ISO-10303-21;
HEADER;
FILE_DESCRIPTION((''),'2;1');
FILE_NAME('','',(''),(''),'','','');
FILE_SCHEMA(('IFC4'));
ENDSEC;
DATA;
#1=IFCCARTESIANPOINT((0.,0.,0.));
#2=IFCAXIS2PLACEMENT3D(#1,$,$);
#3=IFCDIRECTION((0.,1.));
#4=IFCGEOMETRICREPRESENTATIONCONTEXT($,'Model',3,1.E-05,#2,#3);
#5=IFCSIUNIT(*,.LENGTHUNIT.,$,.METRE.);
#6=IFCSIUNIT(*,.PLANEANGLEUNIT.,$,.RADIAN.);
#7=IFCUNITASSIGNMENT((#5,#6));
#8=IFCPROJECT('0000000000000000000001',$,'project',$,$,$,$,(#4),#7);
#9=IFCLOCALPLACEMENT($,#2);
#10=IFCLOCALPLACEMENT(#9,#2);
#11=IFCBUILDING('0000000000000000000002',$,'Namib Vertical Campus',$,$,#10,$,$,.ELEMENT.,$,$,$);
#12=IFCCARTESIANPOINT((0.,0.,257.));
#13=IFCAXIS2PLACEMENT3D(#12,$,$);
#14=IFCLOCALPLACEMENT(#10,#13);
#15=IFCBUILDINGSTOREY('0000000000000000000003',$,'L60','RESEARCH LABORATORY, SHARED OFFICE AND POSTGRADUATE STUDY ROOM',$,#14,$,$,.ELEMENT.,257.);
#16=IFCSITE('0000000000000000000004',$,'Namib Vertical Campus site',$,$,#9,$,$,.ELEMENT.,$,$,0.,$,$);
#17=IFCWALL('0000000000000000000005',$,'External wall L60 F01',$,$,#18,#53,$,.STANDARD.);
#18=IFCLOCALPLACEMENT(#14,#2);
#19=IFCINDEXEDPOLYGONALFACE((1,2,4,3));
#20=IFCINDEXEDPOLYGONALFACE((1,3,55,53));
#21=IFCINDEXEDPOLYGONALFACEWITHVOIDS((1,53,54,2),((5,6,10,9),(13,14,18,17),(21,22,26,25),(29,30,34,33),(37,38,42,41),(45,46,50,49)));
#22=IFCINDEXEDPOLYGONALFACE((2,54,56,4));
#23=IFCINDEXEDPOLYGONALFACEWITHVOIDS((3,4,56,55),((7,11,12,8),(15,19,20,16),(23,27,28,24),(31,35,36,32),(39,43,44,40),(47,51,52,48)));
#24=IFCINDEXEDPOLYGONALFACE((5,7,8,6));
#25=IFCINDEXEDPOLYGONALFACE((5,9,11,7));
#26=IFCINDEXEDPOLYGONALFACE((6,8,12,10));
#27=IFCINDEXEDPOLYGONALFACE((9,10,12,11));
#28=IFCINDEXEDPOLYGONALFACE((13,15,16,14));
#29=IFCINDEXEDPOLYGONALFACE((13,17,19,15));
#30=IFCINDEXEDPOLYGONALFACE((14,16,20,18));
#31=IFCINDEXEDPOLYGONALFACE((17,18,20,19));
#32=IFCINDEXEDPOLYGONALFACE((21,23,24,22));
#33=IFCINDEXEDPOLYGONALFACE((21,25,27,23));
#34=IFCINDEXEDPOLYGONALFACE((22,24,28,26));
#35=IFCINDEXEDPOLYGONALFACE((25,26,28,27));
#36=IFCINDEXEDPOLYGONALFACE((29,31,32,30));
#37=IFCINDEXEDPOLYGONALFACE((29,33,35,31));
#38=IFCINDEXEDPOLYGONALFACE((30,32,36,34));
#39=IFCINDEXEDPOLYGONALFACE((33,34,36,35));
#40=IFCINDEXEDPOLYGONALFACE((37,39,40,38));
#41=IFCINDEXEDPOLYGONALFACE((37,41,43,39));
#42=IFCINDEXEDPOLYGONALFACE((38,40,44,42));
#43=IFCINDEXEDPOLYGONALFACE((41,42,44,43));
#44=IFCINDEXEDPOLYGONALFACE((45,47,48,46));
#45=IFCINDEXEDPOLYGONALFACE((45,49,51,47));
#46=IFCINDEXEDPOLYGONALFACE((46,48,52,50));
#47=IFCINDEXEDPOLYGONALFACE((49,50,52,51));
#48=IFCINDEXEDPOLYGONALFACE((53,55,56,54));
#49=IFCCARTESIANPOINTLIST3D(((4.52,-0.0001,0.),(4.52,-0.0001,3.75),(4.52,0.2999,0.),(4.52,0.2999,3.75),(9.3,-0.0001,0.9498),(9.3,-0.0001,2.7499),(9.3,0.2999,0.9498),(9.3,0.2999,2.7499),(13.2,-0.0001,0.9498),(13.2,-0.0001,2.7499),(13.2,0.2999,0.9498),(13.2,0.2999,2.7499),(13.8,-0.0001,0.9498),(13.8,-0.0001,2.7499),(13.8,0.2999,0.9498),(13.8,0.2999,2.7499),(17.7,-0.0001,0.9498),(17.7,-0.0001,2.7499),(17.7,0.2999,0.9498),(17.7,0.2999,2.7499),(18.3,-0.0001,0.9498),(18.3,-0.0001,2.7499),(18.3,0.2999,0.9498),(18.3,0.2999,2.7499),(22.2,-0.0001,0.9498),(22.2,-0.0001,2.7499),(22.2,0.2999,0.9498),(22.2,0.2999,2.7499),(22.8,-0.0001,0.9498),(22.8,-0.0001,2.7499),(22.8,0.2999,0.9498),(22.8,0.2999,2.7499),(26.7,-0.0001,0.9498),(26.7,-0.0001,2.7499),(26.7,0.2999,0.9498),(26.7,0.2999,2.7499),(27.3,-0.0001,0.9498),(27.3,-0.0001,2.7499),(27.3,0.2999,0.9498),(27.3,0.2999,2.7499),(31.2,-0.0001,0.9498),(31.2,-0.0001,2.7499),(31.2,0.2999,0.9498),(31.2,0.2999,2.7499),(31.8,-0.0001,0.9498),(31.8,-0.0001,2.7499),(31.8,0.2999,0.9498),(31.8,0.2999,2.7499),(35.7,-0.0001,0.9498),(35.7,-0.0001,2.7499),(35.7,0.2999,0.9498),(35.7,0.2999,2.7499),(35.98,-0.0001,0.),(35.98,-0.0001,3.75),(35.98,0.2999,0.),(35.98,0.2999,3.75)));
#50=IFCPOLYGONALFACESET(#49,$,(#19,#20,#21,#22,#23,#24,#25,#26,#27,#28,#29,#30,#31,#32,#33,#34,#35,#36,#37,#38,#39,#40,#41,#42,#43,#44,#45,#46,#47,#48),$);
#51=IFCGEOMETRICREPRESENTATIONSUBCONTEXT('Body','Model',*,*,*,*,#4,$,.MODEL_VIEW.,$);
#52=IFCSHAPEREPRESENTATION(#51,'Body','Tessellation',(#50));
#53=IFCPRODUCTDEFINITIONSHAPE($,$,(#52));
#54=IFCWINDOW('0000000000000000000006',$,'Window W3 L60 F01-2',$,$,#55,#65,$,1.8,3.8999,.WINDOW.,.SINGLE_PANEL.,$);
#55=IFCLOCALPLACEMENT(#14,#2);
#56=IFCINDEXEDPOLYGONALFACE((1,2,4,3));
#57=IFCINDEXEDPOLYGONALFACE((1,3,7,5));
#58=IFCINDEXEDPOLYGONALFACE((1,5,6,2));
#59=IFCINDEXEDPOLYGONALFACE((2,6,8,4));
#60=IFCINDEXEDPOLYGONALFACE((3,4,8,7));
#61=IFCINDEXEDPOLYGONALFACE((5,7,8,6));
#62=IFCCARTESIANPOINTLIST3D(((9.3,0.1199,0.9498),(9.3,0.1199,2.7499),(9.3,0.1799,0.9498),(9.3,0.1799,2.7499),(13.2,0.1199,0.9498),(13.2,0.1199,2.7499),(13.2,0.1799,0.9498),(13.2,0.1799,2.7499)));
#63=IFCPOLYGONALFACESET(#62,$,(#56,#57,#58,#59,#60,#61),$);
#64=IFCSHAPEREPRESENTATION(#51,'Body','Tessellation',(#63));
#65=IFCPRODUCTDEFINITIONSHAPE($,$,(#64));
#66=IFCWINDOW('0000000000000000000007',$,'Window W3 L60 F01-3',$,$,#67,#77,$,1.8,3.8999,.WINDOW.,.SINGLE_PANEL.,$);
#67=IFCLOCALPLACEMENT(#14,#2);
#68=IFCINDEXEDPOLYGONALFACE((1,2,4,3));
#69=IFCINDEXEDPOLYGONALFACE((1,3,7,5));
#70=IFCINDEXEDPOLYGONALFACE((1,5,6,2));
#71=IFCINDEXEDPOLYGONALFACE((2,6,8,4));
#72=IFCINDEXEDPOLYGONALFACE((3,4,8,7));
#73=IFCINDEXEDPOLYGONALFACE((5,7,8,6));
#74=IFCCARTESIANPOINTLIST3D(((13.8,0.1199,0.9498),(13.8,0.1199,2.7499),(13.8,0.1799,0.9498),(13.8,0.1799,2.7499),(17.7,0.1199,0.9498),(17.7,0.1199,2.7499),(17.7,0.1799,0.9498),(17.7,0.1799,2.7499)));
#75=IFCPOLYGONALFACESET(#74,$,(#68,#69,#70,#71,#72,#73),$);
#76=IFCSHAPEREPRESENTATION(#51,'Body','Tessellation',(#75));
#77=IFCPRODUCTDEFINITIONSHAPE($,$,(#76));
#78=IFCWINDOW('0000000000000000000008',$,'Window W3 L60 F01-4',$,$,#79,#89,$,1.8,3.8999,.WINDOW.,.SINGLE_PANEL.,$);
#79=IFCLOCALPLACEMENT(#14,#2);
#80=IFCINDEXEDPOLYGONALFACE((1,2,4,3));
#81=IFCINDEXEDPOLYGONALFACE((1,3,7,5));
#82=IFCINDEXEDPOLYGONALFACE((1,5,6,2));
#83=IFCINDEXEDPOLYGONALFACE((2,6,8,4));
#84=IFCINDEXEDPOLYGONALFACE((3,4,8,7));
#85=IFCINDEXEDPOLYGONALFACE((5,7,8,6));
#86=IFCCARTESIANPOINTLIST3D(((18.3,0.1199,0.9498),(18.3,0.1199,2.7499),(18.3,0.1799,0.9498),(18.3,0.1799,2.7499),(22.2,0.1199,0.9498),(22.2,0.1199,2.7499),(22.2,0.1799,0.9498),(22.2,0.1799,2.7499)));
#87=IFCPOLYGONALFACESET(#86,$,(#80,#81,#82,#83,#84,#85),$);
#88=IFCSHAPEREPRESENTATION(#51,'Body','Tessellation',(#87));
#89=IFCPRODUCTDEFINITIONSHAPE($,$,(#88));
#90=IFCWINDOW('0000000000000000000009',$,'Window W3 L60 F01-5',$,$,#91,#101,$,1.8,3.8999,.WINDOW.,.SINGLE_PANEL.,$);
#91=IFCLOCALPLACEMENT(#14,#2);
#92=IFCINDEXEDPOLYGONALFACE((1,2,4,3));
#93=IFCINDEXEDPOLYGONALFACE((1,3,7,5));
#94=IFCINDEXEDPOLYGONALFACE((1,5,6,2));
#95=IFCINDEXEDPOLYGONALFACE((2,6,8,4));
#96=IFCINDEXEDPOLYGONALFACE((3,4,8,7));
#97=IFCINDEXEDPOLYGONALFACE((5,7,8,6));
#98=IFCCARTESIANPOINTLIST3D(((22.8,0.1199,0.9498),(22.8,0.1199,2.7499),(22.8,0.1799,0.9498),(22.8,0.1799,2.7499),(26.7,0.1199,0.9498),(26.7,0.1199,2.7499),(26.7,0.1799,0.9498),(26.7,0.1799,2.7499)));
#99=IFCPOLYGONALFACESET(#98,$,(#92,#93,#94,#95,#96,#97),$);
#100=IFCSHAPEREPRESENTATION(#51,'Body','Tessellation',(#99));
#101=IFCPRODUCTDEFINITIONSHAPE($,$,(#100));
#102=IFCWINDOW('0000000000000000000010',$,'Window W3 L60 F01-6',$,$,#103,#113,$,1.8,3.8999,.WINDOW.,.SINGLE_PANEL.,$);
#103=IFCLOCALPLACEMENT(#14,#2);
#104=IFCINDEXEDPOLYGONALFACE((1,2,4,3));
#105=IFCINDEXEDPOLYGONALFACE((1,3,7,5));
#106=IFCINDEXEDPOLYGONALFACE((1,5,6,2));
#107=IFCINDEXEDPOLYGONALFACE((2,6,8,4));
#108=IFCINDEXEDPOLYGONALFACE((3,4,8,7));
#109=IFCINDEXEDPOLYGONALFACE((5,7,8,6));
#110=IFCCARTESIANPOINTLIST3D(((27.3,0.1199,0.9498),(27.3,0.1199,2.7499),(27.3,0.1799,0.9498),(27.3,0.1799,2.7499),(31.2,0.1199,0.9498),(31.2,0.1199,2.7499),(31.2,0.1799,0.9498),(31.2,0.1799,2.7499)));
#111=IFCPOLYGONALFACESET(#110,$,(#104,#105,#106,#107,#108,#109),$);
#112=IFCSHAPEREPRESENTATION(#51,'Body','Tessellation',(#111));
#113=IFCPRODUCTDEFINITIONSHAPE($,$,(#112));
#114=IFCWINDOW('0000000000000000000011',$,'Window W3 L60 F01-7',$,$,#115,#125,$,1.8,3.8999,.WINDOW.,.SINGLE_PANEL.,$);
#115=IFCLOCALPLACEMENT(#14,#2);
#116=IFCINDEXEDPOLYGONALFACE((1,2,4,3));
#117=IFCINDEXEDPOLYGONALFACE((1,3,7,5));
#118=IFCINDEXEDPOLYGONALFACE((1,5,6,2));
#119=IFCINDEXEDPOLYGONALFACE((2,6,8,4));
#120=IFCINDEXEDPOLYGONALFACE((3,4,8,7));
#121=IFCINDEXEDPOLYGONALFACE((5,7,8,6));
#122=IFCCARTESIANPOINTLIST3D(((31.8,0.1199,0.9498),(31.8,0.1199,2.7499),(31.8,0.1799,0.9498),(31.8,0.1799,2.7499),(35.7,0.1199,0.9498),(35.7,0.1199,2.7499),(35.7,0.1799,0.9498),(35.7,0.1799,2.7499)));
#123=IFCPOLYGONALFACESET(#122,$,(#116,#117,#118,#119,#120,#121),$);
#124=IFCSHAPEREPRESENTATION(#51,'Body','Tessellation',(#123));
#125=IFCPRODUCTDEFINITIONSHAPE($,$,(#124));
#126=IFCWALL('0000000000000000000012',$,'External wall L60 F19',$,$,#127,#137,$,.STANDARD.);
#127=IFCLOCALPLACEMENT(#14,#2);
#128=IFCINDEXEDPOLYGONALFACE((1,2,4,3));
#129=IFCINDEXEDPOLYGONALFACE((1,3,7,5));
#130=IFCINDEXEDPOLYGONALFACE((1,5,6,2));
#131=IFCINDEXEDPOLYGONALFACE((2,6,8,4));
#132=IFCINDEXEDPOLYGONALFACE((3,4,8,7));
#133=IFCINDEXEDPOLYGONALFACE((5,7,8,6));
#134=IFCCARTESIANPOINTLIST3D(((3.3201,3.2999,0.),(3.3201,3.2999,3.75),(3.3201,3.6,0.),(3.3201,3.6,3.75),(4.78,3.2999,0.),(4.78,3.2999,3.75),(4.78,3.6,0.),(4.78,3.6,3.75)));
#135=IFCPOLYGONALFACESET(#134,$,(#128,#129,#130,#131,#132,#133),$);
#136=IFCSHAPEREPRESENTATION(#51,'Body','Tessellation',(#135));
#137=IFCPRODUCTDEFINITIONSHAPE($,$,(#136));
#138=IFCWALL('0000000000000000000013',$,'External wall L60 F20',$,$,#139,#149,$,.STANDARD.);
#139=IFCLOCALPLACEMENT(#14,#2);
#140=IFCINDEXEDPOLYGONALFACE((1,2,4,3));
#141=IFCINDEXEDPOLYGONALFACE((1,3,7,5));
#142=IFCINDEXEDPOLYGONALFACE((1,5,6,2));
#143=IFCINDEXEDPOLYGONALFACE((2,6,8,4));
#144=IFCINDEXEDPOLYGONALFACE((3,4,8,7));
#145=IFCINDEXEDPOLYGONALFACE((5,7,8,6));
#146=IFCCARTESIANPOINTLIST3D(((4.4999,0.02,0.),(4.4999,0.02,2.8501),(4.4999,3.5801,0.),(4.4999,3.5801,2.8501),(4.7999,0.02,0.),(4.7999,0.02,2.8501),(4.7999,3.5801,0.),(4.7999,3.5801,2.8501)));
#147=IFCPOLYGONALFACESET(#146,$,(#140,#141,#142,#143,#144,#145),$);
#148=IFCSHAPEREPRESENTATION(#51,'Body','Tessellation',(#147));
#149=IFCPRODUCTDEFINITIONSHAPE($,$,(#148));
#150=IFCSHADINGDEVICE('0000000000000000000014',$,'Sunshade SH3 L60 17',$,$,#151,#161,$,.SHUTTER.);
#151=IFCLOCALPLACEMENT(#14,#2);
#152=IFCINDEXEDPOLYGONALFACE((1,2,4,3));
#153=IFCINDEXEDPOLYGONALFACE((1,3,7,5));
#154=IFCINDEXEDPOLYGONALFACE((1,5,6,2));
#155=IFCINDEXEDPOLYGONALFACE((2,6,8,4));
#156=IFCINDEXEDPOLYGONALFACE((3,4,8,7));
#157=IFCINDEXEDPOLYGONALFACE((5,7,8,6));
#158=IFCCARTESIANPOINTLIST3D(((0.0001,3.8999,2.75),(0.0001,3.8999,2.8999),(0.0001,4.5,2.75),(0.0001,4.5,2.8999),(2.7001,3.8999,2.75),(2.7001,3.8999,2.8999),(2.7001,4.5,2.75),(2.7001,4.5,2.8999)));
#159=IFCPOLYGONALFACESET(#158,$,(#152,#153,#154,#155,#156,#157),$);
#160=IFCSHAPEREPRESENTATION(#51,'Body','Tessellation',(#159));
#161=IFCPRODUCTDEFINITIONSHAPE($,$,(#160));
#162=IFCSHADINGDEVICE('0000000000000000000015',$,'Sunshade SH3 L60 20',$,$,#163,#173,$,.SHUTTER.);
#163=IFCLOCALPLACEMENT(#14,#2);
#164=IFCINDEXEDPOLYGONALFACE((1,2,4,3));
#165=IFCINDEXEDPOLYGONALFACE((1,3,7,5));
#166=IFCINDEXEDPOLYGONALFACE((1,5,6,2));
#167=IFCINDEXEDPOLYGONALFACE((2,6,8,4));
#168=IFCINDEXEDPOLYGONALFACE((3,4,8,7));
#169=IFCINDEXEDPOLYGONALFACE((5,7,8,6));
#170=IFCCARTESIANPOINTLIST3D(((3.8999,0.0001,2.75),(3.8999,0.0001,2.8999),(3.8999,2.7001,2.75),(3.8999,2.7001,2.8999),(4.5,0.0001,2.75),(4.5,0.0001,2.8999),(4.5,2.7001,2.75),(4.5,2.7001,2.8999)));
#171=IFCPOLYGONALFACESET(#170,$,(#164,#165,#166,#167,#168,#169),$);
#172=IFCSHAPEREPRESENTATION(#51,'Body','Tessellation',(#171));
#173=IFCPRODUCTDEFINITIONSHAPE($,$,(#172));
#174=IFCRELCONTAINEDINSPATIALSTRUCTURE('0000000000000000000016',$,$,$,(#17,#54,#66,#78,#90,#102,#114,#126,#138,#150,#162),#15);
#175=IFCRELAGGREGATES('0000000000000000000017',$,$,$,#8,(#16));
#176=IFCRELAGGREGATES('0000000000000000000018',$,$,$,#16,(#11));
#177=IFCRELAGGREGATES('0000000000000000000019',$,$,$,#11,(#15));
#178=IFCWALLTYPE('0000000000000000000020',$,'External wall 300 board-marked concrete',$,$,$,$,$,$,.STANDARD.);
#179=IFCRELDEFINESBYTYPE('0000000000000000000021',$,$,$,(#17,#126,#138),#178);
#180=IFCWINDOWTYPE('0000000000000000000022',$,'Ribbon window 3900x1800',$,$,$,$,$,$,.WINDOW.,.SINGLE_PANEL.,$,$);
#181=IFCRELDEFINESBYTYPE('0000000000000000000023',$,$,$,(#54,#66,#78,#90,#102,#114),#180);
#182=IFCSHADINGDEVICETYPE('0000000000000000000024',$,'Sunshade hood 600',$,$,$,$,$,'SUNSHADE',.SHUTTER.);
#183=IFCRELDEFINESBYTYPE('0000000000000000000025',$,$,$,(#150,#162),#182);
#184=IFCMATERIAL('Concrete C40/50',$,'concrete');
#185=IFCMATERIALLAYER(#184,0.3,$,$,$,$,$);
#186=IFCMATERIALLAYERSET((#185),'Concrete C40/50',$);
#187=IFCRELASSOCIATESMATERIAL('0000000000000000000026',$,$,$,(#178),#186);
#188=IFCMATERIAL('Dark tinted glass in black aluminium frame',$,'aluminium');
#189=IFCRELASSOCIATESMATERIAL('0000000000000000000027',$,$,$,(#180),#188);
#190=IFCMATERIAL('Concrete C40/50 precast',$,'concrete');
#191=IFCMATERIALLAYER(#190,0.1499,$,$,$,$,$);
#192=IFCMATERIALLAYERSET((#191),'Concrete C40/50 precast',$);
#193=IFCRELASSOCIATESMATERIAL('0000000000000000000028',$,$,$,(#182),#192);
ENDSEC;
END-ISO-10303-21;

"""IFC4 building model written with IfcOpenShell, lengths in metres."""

from ifc_helpers import new_model, si_unit, direction, frame, frame_2d, origin, origin_2d, place, context, subcontext, project, spatial, rectangle, extrude, material, layer, layer_set, type_object, element, fill, save


model = new_model("IFC4")

# Units and contexts
model_context = context("Model", 3, precision=1e-05, world=origin(), true_north=direction((0.0, 1.0)))
body_context = subcontext(model_context, "Body", "Model", "MODEL_VIEW")
ifc_project = project(units=[si_unit("LENGTHUNIT", "METRE"), si_unit("PLANEANGLEUNIT", "RADIAN")], contexts=[model_context])

# Site, building, storey
site_placement = place(None, origin())
site = spatial("IfcSite", under=ifc_project, at=site_placement, Name="Namib Vertical Campus site", CompositionType="ELEMENT", RefElevation=0.0)
building_placement = place(site_placement, origin())
building = spatial("IfcBuilding", under=site, at=building_placement, Name="Namib Vertical Campus", CompositionType="ELEMENT")
storey_placement = place(building_placement, frame((0.0, 0.0, 257.0)))
storey = spatial("IfcBuildingStorey", under=building, at=storey_placement, Name="L60", Description="RESEARCH LABORATORY, SHARED OFFICE AND POSTGRADUATE STUDY ROOM", CompositionType="ELEMENT", Elevation=257.0)

# Wall, openings, windows
ifc_material_1 = material(Name="Concrete C40/50", Category="concrete")
ifc_layer_1 = layer(ifc_material_1, 0.3)
ifc_layer_set_1 = layer_set([ifc_layer_1], Name="Concrete C40/50")
wall_type = type_object("IfcWallType", Name="External wall 300 board-marked concrete", PredefinedType="STANDARD", material=ifc_layer_set_1)
wall_1_placement = place(storey_placement, frame((4.52, 0.1499, 0.0), z_axis=(0.0, 0.0, 1.0), x_axis=(1.0, 0.0, 0.0)))
wall_1 = element("IfcWall", 1, at=wall_1_placement, inside=storey, type_object=wall_type, Name="External wall L60 F01", PredefinedType="STANDARD", context=body_context, shape_type="SweptSolid", body=[
    extrude(rectangle(XDim=31.46, YDim=0.3, at=frame_2d((15.73, 0.0))), origin(), (0.0, 0.0, 1.0), 3.75),
])
opening_1_placement = place(wall_1_placement, frame((4.78, 0.0, 0.95)))
opening_1 = element("IfcOpeningElement", 2, at=opening_1_placement, cuts=wall_1, PredefinedType="OPENING", context=body_context, shape_type="SweptSolid", body=[
    extrude(rectangle(XDim=3.8999, YDim=1.8, at=frame_2d((1.95, 0.8999))), frame((0.0, 0.1599, 0.0), z_axis=(0.0, -1.0, 0.0), x_axis=(1.0, 0.0, 0.0)), (0.0, 0.0, 1.0), 0.3201),
])
opening_2_placement = place(wall_1_placement, frame((9.28, 0.0, 0.95)))
opening_2 = element("IfcOpeningElement", 3, at=opening_2_placement, cuts=wall_1, PredefinedType="OPENING", context=body_context, shape_type="SweptSolid", body=[
    extrude(rectangle(XDim=3.8999, YDim=1.8, at=frame_2d((1.95, 0.8999))), frame((0.0, 0.1599, 0.0), z_axis=(0.0, -1.0, 0.0), x_axis=(1.0, 0.0, 0.0)), (0.0, 0.0, 1.0), 0.3201),
])
opening_3_placement = place(wall_1_placement, frame((13.78, 0.0, 0.95)))
opening_3 = element("IfcOpeningElement", 4, at=opening_3_placement, cuts=wall_1, PredefinedType="OPENING", context=body_context, shape_type="SweptSolid", body=[
    extrude(rectangle(XDim=3.8999, YDim=1.8, at=frame_2d((1.95, 0.8999))), frame((0.0, 0.1599, 0.0), z_axis=(0.0, -1.0, 0.0), x_axis=(1.0, 0.0, 0.0)), (0.0, 0.0, 1.0), 0.3201),
])
opening_4_placement = place(wall_1_placement, frame((18.28, 0.0, 0.95)))
opening_4 = element("IfcOpeningElement", 5, at=opening_4_placement, cuts=wall_1, PredefinedType="OPENING", context=body_context, shape_type="SweptSolid", body=[
    extrude(rectangle(XDim=3.8999, YDim=1.8, at=frame_2d((1.95, 0.8999))), frame((0.0, 0.1599, 0.0), z_axis=(0.0, -1.0, 0.0), x_axis=(1.0, 0.0, 0.0)), (0.0, 0.0, 1.0), 0.3201),
])
opening_5_placement = place(wall_1_placement, frame((22.78, 0.0, 0.95)))
opening_5 = element("IfcOpeningElement", 6, at=opening_5_placement, cuts=wall_1, PredefinedType="OPENING", context=body_context, shape_type="SweptSolid", body=[
    extrude(rectangle(XDim=3.8999, YDim=1.8, at=frame_2d((1.95, 0.8999))), frame((0.0, 0.1599, 0.0), z_axis=(0.0, -1.0, 0.0), x_axis=(1.0, 0.0, 0.0)), (0.0, 0.0, 1.0), 0.3201),
])
opening_6_placement = place(wall_1_placement, frame((27.28, 0.0, 0.95)))
opening_6 = element("IfcOpeningElement", 7, at=opening_6_placement, cuts=wall_1, PredefinedType="OPENING", context=body_context, shape_type="SweptSolid", body=[
    extrude(rectangle(XDim=3.8999, YDim=1.8, at=frame_2d((1.95, 0.8999))), frame((0.0, 0.1599, 0.0), z_axis=(0.0, -1.0, 0.0), x_axis=(1.0, 0.0, 0.0)), (0.0, 0.0, 1.0), 0.3201),
])
ifc_material_2 = material(Name="Dark tinted glass in black aluminium frame", Category="aluminium")
window_type = type_object("IfcWindowType", Name="Ribbon window 3900x1800", PartitioningType="SINGLE_PANEL", PredefinedType="WINDOW", material=ifc_material_2)
window_1_placement = place(opening_1_placement, origin())
window_1 = element("IfcWindow", 8, at=window_1_placement, inside=storey, type_object=window_type, Name="Window W3 L60 F01-2", OverallHeight=1.8, OverallWidth=3.8999, PartitioningType="SINGLE_PANEL", PredefinedType="WINDOW", context=body_context, shape_type="SweptSolid", body=[
    extrude(rectangle(XDim=3.8999, YDim=1.8, at=frame_2d((1.95, 0.8999))), frame((0.0, 0.03, 0.0), z_axis=(0.0, -1.0, 0.0), x_axis=(1.0, 0.0, 0.0)), (0.0, 0.0, 1.0), 0.0601),
])
fill(opening_1, window_1)
window_2_placement = place(opening_2_placement, origin())
window_2 = element("IfcWindow", 9, at=window_2_placement, inside=storey, type_object=window_type, Name="Window W3 L60 F01-3", OverallHeight=1.8, OverallWidth=3.8999, PartitioningType="SINGLE_PANEL", PredefinedType="WINDOW", context=body_context, shape_type="SweptSolid", body=[
    extrude(rectangle(XDim=3.8999, YDim=1.8, at=frame_2d((1.95, 0.8999))), frame((0.0, 0.03, 0.0), z_axis=(0.0, -1.0, 0.0), x_axis=(1.0, 0.0, 0.0)), (0.0, 0.0, 1.0), 0.0601),
])
fill(opening_2, window_2)
window_3_placement = place(opening_3_placement, origin())
window_3 = element("IfcWindow", 10, at=window_3_placement, inside=storey, type_object=window_type, Name="Window W3 L60 F01-4", OverallHeight=1.8, OverallWidth=3.8999, PartitioningType="SINGLE_PANEL", PredefinedType="WINDOW", context=body_context, shape_type="SweptSolid", body=[
    extrude(rectangle(XDim=3.8999, YDim=1.8, at=frame_2d((1.95, 0.8999))), frame((0.0, 0.03, 0.0), z_axis=(0.0, -1.0, 0.0), x_axis=(1.0, 0.0, 0.0)), (0.0, 0.0, 1.0), 0.0601),
])
fill(opening_3, window_3)
window_4_placement = place(opening_4_placement, origin())
window_4 = element("IfcWindow", 11, at=window_4_placement, inside=storey, type_object=window_type, Name="Window W3 L60 F01-5", OverallHeight=1.8, OverallWidth=3.8999, PartitioningType="SINGLE_PANEL", PredefinedType="WINDOW", context=body_context, shape_type="SweptSolid", body=[
    extrude(rectangle(XDim=3.8999, YDim=1.8, at=frame_2d((1.95, 0.8999))), frame((0.0, 0.03, 0.0), z_axis=(0.0, -1.0, 0.0), x_axis=(1.0, 0.0, 0.0)), (0.0, 0.0, 1.0), 0.0601),
])
fill(opening_4, window_4)
window_5_placement = place(opening_5_placement, origin())
window_5 = element("IfcWindow", 12, at=window_5_placement, inside=storey, type_object=window_type, Name="Window W3 L60 F01-6", OverallHeight=1.8, OverallWidth=3.8999, PartitioningType="SINGLE_PANEL", PredefinedType="WINDOW", context=body_context, shape_type="SweptSolid", body=[
    extrude(rectangle(XDim=3.8999, YDim=1.8, at=frame_2d((1.95, 0.8999))), frame((0.0, 0.03, 0.0), z_axis=(0.0, -1.0, 0.0), x_axis=(1.0, 0.0, 0.0)), (0.0, 0.0, 1.0), 0.0601),
])
fill(opening_5, window_5)
window_6_placement = place(opening_6_placement, origin())
window_6 = element("IfcWindow", 13, at=window_6_placement, inside=storey, type_object=window_type, Name="Window W3 L60 F01-7", OverallHeight=1.8, OverallWidth=3.8999, PartitioningType="SINGLE_PANEL", PredefinedType="WINDOW", context=body_context, shape_type="SweptSolid", body=[
    extrude(rectangle(XDim=3.8999, YDim=1.8, at=frame_2d((1.95, 0.8999))), frame((0.0, 0.03, 0.0), z_axis=(0.0, -1.0, 0.0), x_axis=(1.0, 0.0, 0.0)), (0.0, 0.0, 1.0), 0.0601),
])
fill(opening_6, window_6)

# Walls
wall_2_placement = place(storey_placement, frame((3.3201, 3.45, 0.0), z_axis=(0.0, 0.0, 1.0), x_axis=(1.0, 0.0, 0.0)))
element("IfcWall", 14, at=wall_2_placement, inside=storey, type_object=wall_type, Name="External wall L60 F19", PredefinedType="STANDARD", context=body_context, shape_type="SweptSolid", body=[
    extrude(rectangle(XDim=1.46, YDim=0.3, at=frame_2d((0.73, 0.0))), origin(), (0.0, 0.0, 1.0), 3.75),
])
wall_3_placement = place(storey_placement, frame((4.6499, 3.5801, 0.0), z_axis=(0.0, 0.0, 1.0), x_axis=(0.0, -1.0, 0.0)))
element("IfcWall", 15, at=wall_3_placement, inside=storey, type_object=wall_type, Name="External wall L60 F20", PredefinedType="STANDARD", context=body_context, shape_type="SweptSolid", body=[
    extrude(rectangle(XDim=3.5601, YDim=0.3, at=frame_2d((1.78, 0.0))), origin(), (0.0, 0.0, 1.0), 2.8501),
])

# Shading devices
ifc_material_3 = material(Name="Concrete C40/50 precast", Category="concrete")
ifc_layer_2 = layer(ifc_material_3, 0.1499)
ifc_layer_set_2 = layer_set([ifc_layer_2], Name="Concrete C40/50 precast")
shading_device_type = type_object("IfcShadingDeviceType", Name="Sunshade hood 600", ElementType="SUNSHADE", PredefinedType="SHUTTER", material=ifc_layer_set_2)
for number, where, z_axis, x_axis, name in (
    (16, (1.3501, 4.2, 2.75), (0.0, 0.0, 1.0), (1.0, 0.0, 0.0), "Sunshade SH3 L60 17"),
    (17, (4.2, 1.3501, 2.75), (0.0, 0.0, 1.0), (0.0, -1.0, 0.0), "Sunshade SH3 L60 20"),
):
    element("IfcShadingDevice", number, at=place(storey_placement, frame(where, z_axis=z_axis, x_axis=x_axis)), inside=storey, type_object=shading_device_type, Name=name, PredefinedType="SHUTTER", context=body_context, shape_type="SweptSolid", body=[
        extrude(rectangle(XDim=2.7, YDim=0.6001, at=origin_2d()), origin(), (0.0, 0.0, 1.0), 0.1499),
    ])

save(model, "model.ifc")
